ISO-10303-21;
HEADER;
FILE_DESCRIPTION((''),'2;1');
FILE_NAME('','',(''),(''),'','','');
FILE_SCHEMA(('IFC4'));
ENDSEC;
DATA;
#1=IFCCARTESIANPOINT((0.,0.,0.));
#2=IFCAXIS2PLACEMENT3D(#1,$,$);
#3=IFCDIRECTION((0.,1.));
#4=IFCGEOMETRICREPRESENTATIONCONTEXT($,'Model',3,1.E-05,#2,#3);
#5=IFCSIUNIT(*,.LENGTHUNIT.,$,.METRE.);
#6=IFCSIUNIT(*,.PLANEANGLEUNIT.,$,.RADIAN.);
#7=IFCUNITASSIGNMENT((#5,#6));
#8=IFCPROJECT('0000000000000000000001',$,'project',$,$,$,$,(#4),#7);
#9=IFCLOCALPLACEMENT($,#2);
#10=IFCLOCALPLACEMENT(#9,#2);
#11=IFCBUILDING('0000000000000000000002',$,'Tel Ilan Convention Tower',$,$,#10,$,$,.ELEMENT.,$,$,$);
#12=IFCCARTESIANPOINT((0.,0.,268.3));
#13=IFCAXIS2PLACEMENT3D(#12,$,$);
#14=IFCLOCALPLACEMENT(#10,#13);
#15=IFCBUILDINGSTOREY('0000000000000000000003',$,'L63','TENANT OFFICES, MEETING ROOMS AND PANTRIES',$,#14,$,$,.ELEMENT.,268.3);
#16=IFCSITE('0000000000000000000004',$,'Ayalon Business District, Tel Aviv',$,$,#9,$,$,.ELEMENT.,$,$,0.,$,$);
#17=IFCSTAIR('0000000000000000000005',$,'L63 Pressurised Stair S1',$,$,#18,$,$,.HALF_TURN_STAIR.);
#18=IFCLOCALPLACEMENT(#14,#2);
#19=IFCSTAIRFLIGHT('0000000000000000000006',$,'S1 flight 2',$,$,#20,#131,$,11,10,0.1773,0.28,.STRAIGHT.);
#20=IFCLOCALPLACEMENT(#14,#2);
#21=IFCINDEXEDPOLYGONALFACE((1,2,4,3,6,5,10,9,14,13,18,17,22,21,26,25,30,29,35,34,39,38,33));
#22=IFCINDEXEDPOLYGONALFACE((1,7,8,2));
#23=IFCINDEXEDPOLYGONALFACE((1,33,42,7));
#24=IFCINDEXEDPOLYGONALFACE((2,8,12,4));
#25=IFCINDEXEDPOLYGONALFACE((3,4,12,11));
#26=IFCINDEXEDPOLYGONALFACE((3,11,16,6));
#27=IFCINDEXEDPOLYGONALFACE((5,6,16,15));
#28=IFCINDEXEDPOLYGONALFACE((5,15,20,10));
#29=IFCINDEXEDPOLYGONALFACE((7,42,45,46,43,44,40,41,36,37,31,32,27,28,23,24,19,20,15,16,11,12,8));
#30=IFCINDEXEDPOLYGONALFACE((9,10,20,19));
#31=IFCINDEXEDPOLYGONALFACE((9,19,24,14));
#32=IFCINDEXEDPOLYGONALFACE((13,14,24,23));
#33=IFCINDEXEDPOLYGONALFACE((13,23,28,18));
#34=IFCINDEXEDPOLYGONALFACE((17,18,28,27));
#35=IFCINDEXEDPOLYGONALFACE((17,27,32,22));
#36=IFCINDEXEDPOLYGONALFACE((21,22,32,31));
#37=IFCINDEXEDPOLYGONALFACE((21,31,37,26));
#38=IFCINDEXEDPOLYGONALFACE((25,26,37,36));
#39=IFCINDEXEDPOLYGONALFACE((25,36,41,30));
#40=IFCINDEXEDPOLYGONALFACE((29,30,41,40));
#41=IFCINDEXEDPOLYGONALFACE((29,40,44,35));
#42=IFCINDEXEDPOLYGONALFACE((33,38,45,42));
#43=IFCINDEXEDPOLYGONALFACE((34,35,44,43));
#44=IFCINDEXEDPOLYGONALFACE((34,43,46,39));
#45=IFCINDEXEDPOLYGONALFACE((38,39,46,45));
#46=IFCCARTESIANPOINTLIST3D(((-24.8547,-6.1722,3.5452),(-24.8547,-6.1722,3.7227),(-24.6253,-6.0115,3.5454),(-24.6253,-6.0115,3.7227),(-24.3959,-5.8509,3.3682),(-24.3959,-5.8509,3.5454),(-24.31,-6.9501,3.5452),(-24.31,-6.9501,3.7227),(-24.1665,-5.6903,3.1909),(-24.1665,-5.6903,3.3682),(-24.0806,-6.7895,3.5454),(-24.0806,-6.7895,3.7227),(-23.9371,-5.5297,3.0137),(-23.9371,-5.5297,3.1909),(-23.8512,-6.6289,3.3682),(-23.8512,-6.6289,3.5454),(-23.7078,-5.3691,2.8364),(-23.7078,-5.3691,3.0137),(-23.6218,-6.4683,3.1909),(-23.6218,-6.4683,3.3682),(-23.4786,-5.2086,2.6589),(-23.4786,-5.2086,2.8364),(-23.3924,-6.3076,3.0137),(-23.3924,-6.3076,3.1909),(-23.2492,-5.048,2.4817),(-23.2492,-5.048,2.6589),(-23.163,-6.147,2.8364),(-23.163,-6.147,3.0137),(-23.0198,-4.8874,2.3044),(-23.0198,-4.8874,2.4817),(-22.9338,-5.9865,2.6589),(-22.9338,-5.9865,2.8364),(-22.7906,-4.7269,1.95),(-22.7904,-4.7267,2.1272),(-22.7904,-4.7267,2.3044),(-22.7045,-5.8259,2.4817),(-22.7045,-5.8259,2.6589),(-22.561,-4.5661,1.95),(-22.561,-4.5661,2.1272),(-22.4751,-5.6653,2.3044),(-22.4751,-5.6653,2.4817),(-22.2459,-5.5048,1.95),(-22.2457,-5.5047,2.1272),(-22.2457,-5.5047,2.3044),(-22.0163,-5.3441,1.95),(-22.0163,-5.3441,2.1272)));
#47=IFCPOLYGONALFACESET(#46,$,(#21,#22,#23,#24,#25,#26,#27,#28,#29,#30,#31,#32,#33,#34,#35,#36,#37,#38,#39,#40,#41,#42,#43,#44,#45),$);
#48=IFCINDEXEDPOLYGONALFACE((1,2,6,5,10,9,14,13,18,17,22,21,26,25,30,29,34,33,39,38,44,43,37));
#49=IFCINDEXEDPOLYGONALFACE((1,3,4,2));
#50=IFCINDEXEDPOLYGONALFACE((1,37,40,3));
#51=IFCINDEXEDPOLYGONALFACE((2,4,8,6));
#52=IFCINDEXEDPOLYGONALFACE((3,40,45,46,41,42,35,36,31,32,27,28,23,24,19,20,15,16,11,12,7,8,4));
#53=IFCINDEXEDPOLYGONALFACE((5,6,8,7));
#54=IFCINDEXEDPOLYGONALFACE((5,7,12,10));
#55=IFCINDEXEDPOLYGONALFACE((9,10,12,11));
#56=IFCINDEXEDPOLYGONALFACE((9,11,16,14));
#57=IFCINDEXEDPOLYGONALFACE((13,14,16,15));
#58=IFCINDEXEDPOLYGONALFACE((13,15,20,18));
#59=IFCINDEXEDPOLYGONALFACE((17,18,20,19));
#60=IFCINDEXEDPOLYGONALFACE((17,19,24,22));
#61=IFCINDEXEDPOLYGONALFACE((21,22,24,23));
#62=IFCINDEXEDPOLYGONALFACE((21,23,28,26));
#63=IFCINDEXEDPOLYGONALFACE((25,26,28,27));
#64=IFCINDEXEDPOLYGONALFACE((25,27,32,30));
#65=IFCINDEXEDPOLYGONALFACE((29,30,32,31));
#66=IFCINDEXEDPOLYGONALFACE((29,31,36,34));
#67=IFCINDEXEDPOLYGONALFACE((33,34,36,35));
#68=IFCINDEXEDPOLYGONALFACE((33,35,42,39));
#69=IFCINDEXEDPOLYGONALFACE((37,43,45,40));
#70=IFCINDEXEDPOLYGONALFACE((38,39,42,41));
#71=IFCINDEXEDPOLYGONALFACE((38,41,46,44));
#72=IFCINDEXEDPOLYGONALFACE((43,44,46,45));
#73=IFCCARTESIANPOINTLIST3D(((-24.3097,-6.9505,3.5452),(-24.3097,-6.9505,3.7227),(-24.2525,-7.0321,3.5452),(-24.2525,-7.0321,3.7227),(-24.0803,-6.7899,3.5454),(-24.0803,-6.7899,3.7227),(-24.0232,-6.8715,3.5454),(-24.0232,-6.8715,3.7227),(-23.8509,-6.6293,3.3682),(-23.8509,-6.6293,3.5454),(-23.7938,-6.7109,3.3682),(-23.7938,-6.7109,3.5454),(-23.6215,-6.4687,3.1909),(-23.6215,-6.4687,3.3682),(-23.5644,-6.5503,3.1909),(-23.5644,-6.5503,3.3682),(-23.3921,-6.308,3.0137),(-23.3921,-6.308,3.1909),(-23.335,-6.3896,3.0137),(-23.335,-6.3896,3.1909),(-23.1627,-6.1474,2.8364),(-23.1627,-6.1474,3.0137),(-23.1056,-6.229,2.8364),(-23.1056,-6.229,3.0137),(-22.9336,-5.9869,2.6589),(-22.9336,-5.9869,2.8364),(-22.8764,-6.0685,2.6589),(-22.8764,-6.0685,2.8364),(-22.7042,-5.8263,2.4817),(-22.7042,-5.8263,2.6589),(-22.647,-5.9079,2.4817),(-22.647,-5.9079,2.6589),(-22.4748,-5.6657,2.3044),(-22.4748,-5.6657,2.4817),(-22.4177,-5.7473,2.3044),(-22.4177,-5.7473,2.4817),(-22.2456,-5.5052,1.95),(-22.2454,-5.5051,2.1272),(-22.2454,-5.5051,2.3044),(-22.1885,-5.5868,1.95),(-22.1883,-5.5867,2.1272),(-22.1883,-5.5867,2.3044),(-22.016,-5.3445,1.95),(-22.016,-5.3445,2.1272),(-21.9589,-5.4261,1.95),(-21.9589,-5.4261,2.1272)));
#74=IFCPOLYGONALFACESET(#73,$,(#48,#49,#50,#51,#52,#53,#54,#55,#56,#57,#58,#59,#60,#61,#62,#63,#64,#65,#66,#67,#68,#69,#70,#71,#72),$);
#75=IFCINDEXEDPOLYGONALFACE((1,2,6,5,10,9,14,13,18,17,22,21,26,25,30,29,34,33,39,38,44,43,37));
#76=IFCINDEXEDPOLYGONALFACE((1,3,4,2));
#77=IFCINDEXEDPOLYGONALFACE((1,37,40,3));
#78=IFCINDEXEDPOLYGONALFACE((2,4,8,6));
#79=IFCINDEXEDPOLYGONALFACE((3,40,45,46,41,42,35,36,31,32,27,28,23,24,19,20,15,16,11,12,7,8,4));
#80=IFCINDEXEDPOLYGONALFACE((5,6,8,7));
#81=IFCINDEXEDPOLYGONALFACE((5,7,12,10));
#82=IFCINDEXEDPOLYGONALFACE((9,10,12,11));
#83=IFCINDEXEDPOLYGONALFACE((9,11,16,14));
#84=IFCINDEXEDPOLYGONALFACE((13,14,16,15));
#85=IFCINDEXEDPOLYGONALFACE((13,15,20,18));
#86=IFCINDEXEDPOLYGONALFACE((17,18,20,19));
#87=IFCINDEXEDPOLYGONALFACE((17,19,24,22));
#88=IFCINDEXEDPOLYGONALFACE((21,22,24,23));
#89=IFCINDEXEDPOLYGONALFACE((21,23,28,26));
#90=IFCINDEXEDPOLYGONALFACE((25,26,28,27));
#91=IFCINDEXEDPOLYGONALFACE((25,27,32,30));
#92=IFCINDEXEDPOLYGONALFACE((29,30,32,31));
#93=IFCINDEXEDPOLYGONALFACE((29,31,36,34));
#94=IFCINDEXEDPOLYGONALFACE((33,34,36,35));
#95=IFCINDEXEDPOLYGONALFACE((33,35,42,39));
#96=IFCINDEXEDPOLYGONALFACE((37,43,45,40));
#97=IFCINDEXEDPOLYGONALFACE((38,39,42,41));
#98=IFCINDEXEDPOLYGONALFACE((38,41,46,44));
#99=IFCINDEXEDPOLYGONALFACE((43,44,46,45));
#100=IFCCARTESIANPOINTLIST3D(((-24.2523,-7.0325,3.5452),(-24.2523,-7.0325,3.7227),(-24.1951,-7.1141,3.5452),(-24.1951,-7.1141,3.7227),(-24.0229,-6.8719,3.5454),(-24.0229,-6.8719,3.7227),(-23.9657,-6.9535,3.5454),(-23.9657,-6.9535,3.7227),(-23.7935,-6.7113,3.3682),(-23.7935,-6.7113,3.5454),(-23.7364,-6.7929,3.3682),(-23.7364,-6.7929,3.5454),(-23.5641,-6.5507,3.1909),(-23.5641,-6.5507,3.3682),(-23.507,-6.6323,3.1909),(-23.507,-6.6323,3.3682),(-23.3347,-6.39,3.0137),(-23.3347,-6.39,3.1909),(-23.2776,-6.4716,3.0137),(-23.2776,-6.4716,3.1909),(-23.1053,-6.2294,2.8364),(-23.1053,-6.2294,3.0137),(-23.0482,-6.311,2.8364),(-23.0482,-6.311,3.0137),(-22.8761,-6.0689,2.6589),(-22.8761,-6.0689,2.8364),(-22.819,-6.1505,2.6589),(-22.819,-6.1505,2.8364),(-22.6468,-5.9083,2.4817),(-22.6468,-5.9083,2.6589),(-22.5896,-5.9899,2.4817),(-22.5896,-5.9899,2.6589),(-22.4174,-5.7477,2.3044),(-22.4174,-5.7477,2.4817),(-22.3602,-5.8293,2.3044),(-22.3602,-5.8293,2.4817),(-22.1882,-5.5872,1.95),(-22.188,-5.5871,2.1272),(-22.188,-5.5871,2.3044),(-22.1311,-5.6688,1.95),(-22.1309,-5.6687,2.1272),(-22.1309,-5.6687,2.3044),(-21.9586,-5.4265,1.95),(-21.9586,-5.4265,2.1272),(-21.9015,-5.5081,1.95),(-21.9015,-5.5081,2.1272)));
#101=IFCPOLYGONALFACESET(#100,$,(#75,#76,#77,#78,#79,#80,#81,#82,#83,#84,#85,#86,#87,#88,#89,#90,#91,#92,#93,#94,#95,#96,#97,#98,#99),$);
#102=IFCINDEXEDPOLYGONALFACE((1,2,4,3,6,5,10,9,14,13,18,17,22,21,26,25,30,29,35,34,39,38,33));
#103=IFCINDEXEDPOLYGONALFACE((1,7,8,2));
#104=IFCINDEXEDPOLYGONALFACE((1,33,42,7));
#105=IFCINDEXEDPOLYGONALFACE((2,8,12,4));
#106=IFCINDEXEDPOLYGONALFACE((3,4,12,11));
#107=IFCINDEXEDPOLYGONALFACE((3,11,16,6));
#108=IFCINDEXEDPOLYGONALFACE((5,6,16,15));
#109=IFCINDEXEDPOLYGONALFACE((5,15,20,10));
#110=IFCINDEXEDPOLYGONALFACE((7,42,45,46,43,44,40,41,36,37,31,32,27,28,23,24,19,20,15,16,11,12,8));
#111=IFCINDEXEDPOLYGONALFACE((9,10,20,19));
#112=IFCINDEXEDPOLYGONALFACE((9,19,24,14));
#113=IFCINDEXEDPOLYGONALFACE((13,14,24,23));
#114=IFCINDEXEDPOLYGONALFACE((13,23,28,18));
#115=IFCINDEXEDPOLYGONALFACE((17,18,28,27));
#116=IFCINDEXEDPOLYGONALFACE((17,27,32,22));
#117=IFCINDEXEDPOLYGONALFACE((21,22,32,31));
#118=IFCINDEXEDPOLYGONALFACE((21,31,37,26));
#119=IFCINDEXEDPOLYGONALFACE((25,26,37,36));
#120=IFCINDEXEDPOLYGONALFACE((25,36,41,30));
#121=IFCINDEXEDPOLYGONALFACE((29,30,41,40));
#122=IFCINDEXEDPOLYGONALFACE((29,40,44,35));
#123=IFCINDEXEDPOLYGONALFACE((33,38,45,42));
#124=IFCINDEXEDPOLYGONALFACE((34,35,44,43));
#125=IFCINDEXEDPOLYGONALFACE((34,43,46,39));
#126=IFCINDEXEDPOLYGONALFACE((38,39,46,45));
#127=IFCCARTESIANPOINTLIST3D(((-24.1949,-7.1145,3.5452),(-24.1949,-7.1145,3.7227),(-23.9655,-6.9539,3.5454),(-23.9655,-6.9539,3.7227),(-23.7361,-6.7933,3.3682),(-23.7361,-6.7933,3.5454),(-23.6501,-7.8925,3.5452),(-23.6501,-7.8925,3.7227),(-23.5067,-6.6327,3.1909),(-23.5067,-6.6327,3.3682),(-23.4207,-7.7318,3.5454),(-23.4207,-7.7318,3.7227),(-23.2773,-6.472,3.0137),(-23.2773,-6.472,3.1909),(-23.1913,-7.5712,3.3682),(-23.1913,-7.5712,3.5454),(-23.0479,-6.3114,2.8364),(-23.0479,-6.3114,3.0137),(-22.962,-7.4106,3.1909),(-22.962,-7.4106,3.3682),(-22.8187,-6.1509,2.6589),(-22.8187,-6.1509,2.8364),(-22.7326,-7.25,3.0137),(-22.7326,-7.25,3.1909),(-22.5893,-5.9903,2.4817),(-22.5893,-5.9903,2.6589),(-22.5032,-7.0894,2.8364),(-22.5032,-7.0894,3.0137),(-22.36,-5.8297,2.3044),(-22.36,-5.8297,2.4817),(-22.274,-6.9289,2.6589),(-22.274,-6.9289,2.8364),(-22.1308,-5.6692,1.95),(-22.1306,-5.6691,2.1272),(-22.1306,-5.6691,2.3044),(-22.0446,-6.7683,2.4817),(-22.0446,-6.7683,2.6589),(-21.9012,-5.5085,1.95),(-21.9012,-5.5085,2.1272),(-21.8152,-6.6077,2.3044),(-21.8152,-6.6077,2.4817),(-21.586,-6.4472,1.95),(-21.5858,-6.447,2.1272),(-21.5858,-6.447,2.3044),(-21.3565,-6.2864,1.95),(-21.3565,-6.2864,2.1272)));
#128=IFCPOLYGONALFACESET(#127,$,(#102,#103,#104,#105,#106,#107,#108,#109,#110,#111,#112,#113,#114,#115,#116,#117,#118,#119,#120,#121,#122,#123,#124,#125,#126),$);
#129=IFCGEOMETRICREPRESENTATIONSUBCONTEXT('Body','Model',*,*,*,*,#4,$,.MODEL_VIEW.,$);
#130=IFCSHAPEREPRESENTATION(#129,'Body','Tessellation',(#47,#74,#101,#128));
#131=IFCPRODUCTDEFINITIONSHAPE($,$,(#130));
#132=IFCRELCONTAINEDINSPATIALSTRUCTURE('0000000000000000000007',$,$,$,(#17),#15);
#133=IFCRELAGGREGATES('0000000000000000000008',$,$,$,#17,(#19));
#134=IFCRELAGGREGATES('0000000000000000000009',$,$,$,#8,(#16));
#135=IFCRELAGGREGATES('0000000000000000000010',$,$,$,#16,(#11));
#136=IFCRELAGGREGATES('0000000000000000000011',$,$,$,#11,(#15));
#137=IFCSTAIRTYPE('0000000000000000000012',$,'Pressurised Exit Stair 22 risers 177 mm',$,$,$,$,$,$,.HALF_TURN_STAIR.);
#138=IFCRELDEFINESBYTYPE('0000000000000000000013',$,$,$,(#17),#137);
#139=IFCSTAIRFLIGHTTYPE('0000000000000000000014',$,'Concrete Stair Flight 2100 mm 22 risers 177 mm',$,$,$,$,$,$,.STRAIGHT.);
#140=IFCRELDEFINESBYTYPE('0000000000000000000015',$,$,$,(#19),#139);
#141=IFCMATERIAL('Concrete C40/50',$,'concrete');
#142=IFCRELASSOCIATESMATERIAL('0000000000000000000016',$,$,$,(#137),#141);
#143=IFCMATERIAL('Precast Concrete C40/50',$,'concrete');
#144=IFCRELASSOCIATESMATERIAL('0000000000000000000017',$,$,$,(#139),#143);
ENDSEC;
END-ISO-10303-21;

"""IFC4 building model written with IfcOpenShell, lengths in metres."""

from ifc_helpers import new_model, si_unit, direction, frame, origin, place, context, subcontext, project, spatial, polyline, outline, extrude, material, type_object, element, aggregate, save


model = new_model("IFC4")

# Units and contexts
model_context = context("Model", 3, precision=1e-05, world=origin(), true_north=direction((0.0, 1.0)))
body_context = subcontext(model_context, "Body", "Model", "MODEL_VIEW")
ifc_project = project(units=[si_unit("LENGTHUNIT", "METRE"), si_unit("PLANEANGLEUNIT", "RADIAN")], contexts=[model_context])

# Site, building, storey
site_placement = place(None, origin())
site = spatial("IfcSite", under=ifc_project, at=site_placement, Name="Ayalon Business District, Tel Aviv", CompositionType="ELEMENT", RefElevation=0.0)
building_placement = place(site_placement, origin())
building = spatial("IfcBuilding", under=site, at=building_placement, Name="Tel Ilan Convention Tower", CompositionType="ELEMENT")
storey_placement = place(building_placement, frame((0.0, 0.0, 268.3)))
storey = spatial("IfcBuildingStorey", under=building, at=storey_placement, Name="L63", Description="TENANT OFFICES, MEETING ROOMS AND PANTRIES", CompositionType="ELEMENT", Elevation=268.3)

# Stair, stair flight
ifc_material_1 = material(Name="Concrete C40/50", Category="concrete")
stair_type = type_object("IfcStairType", Name="Pressurised Exit Stair 22 risers 177 mm", PredefinedType="HALF_TURN_STAIR", material=ifc_material_1)
stair_1_placement = place(storey_placement, origin())
stair_1 = element("IfcStair", 1, at=stair_1_placement, inside=storey, type_object=stair_type, Name="L63 Pressurised Stair S1", PredefinedType="HALF_TURN_STAIR")
ifc_material_2 = material(Name="Precast Concrete C40/50", Category="concrete")
stair_flight_type = type_object("IfcStairFlightType", Name="Concrete Stair Flight 2100 mm 22 risers 177 mm", PredefinedType="STRAIGHT", material=ifc_material_2)
stair_flight_1_placement = place(storey_placement, frame((-21.9587, -5.4263, 1.95), z_axis=(0.0, 0.0, 1.0), x_axis=(-0.819152, -0.573576, 0.0)))
stair_flight_1 = element("IfcStairFlight", 2, at=stair_flight_1_placement, type_object=stair_flight_type, Name="S1 flight 2", NumberOfRisers=11, NumberOfTreads=10, PredefinedType="STRAIGHT", RiserHeight=0.1773, TreadLength=0.28, context=body_context, shape_type="SweptSolid", body=[
    extrude(outline(polyline([(0.0, 0.0), (0.0, 0.1772), (0.28, 0.1772), (0.28, 0.3545), (0.5601, 0.3545), (0.5601, 0.5317), (0.8401, 0.5317), (0.8401, 0.709), (1.1201, 0.709), (1.1201, 0.8865), (1.3999, 0.8865), (1.3999, 1.0637), (1.6799, 1.0637), (1.6799, 1.241), (1.96, 1.241), (1.96, 1.4182), (2.24, 1.4182), (2.24, 1.5955), (2.52, 1.5955), (2.52, 1.7727), (2.8, 1.7727), (2.8, 1.95), (2.8, 1.5952), (0.2803, 0.0), (0.0, 0.0)])), frame((0.0, -0.1003, 0.0), z_axis=(0.0, -1.0, 0.0), x_axis=(1.0, 0.0, 0.0)), (0.0, 0.0, 1.0), 0.9497),
    extrude(outline(polyline([(0.0, 0.0), (0.0, 0.1772), (0.28, 0.1772), (0.28, 0.3545), (0.5601, 0.3545), (0.5601, 0.5317), (0.8401, 0.5317), (0.8401, 0.709), (1.1201, 0.709), (1.1201, 0.8865), (1.3999, 0.8865), (1.3999, 1.0637), (1.6799, 1.0637), (1.6799, 1.241), (1.96, 1.241), (1.96, 1.4182), (2.24, 1.4182), (2.24, 1.5955), (2.52, 1.5955), (2.52, 1.7727), (2.8, 1.7727), (2.8, 1.95), (2.8, 1.5952), (0.2803, 0.0), (0.0, 0.0)])), frame((0.0, -0.0002, 0.0), z_axis=(0.0, -1.0, 0.0), x_axis=(1.0, 0.0, 0.0)), (0.0, 0.0, 1.0), 0.0996),
    extrude(outline(polyline([(0.0, 0.0), (0.0, 0.1772), (0.28, 0.1772), (0.28, 0.3545), (0.5601, 0.3545), (0.5601, 0.5317), (0.8401, 0.5317), (0.8401, 0.709), (1.1201, 0.709), (1.1201, 0.8865), (1.3999, 0.8865), (1.3999, 1.0637), (1.6799, 1.0637), (1.6799, 1.241), (1.96, 1.241), (1.96, 1.4182), (2.24, 1.4182), (2.24, 1.5955), (2.52, 1.5955), (2.52, 1.7727), (2.8, 1.7727), (2.8, 1.95), (2.8, 1.5952), (0.2803, 0.0), (0.0, 0.0)])), frame((0.0, 0.0999, 0.0), z_axis=(0.0, -1.0, 0.0), x_axis=(1.0, 0.0, 0.0)), (0.0, 0.0, 1.0), 0.0996),
    extrude(outline(polyline([(0.0, 0.0), (0.0, 0.1772), (0.28, 0.1772), (0.28, 0.3545), (0.5601, 0.3545), (0.5601, 0.5317), (0.8401, 0.5317), (0.8401, 0.709), (1.1201, 0.709), (1.1201, 0.8865), (1.3999, 0.8865), (1.3999, 1.0637), (1.6799, 1.0637), (1.6799, 1.241), (1.96, 1.241), (1.96, 1.4182), (2.24, 1.4182), (2.24, 1.5955), (2.52, 1.5955), (2.52, 1.7727), (2.8, 1.7727), (2.8, 1.95), (2.8, 1.5952), (0.2803, 0.0), (0.0, 0.0)])), frame((0.0, 1.05, 0.0), z_axis=(0.0, -1.0, 0.0), x_axis=(1.0, 0.0, 0.0)), (0.0, 0.0, 1.0), 0.9497),
])
aggregate(stair_1, [stair_flight_1])

save(model, "model.ifc")
